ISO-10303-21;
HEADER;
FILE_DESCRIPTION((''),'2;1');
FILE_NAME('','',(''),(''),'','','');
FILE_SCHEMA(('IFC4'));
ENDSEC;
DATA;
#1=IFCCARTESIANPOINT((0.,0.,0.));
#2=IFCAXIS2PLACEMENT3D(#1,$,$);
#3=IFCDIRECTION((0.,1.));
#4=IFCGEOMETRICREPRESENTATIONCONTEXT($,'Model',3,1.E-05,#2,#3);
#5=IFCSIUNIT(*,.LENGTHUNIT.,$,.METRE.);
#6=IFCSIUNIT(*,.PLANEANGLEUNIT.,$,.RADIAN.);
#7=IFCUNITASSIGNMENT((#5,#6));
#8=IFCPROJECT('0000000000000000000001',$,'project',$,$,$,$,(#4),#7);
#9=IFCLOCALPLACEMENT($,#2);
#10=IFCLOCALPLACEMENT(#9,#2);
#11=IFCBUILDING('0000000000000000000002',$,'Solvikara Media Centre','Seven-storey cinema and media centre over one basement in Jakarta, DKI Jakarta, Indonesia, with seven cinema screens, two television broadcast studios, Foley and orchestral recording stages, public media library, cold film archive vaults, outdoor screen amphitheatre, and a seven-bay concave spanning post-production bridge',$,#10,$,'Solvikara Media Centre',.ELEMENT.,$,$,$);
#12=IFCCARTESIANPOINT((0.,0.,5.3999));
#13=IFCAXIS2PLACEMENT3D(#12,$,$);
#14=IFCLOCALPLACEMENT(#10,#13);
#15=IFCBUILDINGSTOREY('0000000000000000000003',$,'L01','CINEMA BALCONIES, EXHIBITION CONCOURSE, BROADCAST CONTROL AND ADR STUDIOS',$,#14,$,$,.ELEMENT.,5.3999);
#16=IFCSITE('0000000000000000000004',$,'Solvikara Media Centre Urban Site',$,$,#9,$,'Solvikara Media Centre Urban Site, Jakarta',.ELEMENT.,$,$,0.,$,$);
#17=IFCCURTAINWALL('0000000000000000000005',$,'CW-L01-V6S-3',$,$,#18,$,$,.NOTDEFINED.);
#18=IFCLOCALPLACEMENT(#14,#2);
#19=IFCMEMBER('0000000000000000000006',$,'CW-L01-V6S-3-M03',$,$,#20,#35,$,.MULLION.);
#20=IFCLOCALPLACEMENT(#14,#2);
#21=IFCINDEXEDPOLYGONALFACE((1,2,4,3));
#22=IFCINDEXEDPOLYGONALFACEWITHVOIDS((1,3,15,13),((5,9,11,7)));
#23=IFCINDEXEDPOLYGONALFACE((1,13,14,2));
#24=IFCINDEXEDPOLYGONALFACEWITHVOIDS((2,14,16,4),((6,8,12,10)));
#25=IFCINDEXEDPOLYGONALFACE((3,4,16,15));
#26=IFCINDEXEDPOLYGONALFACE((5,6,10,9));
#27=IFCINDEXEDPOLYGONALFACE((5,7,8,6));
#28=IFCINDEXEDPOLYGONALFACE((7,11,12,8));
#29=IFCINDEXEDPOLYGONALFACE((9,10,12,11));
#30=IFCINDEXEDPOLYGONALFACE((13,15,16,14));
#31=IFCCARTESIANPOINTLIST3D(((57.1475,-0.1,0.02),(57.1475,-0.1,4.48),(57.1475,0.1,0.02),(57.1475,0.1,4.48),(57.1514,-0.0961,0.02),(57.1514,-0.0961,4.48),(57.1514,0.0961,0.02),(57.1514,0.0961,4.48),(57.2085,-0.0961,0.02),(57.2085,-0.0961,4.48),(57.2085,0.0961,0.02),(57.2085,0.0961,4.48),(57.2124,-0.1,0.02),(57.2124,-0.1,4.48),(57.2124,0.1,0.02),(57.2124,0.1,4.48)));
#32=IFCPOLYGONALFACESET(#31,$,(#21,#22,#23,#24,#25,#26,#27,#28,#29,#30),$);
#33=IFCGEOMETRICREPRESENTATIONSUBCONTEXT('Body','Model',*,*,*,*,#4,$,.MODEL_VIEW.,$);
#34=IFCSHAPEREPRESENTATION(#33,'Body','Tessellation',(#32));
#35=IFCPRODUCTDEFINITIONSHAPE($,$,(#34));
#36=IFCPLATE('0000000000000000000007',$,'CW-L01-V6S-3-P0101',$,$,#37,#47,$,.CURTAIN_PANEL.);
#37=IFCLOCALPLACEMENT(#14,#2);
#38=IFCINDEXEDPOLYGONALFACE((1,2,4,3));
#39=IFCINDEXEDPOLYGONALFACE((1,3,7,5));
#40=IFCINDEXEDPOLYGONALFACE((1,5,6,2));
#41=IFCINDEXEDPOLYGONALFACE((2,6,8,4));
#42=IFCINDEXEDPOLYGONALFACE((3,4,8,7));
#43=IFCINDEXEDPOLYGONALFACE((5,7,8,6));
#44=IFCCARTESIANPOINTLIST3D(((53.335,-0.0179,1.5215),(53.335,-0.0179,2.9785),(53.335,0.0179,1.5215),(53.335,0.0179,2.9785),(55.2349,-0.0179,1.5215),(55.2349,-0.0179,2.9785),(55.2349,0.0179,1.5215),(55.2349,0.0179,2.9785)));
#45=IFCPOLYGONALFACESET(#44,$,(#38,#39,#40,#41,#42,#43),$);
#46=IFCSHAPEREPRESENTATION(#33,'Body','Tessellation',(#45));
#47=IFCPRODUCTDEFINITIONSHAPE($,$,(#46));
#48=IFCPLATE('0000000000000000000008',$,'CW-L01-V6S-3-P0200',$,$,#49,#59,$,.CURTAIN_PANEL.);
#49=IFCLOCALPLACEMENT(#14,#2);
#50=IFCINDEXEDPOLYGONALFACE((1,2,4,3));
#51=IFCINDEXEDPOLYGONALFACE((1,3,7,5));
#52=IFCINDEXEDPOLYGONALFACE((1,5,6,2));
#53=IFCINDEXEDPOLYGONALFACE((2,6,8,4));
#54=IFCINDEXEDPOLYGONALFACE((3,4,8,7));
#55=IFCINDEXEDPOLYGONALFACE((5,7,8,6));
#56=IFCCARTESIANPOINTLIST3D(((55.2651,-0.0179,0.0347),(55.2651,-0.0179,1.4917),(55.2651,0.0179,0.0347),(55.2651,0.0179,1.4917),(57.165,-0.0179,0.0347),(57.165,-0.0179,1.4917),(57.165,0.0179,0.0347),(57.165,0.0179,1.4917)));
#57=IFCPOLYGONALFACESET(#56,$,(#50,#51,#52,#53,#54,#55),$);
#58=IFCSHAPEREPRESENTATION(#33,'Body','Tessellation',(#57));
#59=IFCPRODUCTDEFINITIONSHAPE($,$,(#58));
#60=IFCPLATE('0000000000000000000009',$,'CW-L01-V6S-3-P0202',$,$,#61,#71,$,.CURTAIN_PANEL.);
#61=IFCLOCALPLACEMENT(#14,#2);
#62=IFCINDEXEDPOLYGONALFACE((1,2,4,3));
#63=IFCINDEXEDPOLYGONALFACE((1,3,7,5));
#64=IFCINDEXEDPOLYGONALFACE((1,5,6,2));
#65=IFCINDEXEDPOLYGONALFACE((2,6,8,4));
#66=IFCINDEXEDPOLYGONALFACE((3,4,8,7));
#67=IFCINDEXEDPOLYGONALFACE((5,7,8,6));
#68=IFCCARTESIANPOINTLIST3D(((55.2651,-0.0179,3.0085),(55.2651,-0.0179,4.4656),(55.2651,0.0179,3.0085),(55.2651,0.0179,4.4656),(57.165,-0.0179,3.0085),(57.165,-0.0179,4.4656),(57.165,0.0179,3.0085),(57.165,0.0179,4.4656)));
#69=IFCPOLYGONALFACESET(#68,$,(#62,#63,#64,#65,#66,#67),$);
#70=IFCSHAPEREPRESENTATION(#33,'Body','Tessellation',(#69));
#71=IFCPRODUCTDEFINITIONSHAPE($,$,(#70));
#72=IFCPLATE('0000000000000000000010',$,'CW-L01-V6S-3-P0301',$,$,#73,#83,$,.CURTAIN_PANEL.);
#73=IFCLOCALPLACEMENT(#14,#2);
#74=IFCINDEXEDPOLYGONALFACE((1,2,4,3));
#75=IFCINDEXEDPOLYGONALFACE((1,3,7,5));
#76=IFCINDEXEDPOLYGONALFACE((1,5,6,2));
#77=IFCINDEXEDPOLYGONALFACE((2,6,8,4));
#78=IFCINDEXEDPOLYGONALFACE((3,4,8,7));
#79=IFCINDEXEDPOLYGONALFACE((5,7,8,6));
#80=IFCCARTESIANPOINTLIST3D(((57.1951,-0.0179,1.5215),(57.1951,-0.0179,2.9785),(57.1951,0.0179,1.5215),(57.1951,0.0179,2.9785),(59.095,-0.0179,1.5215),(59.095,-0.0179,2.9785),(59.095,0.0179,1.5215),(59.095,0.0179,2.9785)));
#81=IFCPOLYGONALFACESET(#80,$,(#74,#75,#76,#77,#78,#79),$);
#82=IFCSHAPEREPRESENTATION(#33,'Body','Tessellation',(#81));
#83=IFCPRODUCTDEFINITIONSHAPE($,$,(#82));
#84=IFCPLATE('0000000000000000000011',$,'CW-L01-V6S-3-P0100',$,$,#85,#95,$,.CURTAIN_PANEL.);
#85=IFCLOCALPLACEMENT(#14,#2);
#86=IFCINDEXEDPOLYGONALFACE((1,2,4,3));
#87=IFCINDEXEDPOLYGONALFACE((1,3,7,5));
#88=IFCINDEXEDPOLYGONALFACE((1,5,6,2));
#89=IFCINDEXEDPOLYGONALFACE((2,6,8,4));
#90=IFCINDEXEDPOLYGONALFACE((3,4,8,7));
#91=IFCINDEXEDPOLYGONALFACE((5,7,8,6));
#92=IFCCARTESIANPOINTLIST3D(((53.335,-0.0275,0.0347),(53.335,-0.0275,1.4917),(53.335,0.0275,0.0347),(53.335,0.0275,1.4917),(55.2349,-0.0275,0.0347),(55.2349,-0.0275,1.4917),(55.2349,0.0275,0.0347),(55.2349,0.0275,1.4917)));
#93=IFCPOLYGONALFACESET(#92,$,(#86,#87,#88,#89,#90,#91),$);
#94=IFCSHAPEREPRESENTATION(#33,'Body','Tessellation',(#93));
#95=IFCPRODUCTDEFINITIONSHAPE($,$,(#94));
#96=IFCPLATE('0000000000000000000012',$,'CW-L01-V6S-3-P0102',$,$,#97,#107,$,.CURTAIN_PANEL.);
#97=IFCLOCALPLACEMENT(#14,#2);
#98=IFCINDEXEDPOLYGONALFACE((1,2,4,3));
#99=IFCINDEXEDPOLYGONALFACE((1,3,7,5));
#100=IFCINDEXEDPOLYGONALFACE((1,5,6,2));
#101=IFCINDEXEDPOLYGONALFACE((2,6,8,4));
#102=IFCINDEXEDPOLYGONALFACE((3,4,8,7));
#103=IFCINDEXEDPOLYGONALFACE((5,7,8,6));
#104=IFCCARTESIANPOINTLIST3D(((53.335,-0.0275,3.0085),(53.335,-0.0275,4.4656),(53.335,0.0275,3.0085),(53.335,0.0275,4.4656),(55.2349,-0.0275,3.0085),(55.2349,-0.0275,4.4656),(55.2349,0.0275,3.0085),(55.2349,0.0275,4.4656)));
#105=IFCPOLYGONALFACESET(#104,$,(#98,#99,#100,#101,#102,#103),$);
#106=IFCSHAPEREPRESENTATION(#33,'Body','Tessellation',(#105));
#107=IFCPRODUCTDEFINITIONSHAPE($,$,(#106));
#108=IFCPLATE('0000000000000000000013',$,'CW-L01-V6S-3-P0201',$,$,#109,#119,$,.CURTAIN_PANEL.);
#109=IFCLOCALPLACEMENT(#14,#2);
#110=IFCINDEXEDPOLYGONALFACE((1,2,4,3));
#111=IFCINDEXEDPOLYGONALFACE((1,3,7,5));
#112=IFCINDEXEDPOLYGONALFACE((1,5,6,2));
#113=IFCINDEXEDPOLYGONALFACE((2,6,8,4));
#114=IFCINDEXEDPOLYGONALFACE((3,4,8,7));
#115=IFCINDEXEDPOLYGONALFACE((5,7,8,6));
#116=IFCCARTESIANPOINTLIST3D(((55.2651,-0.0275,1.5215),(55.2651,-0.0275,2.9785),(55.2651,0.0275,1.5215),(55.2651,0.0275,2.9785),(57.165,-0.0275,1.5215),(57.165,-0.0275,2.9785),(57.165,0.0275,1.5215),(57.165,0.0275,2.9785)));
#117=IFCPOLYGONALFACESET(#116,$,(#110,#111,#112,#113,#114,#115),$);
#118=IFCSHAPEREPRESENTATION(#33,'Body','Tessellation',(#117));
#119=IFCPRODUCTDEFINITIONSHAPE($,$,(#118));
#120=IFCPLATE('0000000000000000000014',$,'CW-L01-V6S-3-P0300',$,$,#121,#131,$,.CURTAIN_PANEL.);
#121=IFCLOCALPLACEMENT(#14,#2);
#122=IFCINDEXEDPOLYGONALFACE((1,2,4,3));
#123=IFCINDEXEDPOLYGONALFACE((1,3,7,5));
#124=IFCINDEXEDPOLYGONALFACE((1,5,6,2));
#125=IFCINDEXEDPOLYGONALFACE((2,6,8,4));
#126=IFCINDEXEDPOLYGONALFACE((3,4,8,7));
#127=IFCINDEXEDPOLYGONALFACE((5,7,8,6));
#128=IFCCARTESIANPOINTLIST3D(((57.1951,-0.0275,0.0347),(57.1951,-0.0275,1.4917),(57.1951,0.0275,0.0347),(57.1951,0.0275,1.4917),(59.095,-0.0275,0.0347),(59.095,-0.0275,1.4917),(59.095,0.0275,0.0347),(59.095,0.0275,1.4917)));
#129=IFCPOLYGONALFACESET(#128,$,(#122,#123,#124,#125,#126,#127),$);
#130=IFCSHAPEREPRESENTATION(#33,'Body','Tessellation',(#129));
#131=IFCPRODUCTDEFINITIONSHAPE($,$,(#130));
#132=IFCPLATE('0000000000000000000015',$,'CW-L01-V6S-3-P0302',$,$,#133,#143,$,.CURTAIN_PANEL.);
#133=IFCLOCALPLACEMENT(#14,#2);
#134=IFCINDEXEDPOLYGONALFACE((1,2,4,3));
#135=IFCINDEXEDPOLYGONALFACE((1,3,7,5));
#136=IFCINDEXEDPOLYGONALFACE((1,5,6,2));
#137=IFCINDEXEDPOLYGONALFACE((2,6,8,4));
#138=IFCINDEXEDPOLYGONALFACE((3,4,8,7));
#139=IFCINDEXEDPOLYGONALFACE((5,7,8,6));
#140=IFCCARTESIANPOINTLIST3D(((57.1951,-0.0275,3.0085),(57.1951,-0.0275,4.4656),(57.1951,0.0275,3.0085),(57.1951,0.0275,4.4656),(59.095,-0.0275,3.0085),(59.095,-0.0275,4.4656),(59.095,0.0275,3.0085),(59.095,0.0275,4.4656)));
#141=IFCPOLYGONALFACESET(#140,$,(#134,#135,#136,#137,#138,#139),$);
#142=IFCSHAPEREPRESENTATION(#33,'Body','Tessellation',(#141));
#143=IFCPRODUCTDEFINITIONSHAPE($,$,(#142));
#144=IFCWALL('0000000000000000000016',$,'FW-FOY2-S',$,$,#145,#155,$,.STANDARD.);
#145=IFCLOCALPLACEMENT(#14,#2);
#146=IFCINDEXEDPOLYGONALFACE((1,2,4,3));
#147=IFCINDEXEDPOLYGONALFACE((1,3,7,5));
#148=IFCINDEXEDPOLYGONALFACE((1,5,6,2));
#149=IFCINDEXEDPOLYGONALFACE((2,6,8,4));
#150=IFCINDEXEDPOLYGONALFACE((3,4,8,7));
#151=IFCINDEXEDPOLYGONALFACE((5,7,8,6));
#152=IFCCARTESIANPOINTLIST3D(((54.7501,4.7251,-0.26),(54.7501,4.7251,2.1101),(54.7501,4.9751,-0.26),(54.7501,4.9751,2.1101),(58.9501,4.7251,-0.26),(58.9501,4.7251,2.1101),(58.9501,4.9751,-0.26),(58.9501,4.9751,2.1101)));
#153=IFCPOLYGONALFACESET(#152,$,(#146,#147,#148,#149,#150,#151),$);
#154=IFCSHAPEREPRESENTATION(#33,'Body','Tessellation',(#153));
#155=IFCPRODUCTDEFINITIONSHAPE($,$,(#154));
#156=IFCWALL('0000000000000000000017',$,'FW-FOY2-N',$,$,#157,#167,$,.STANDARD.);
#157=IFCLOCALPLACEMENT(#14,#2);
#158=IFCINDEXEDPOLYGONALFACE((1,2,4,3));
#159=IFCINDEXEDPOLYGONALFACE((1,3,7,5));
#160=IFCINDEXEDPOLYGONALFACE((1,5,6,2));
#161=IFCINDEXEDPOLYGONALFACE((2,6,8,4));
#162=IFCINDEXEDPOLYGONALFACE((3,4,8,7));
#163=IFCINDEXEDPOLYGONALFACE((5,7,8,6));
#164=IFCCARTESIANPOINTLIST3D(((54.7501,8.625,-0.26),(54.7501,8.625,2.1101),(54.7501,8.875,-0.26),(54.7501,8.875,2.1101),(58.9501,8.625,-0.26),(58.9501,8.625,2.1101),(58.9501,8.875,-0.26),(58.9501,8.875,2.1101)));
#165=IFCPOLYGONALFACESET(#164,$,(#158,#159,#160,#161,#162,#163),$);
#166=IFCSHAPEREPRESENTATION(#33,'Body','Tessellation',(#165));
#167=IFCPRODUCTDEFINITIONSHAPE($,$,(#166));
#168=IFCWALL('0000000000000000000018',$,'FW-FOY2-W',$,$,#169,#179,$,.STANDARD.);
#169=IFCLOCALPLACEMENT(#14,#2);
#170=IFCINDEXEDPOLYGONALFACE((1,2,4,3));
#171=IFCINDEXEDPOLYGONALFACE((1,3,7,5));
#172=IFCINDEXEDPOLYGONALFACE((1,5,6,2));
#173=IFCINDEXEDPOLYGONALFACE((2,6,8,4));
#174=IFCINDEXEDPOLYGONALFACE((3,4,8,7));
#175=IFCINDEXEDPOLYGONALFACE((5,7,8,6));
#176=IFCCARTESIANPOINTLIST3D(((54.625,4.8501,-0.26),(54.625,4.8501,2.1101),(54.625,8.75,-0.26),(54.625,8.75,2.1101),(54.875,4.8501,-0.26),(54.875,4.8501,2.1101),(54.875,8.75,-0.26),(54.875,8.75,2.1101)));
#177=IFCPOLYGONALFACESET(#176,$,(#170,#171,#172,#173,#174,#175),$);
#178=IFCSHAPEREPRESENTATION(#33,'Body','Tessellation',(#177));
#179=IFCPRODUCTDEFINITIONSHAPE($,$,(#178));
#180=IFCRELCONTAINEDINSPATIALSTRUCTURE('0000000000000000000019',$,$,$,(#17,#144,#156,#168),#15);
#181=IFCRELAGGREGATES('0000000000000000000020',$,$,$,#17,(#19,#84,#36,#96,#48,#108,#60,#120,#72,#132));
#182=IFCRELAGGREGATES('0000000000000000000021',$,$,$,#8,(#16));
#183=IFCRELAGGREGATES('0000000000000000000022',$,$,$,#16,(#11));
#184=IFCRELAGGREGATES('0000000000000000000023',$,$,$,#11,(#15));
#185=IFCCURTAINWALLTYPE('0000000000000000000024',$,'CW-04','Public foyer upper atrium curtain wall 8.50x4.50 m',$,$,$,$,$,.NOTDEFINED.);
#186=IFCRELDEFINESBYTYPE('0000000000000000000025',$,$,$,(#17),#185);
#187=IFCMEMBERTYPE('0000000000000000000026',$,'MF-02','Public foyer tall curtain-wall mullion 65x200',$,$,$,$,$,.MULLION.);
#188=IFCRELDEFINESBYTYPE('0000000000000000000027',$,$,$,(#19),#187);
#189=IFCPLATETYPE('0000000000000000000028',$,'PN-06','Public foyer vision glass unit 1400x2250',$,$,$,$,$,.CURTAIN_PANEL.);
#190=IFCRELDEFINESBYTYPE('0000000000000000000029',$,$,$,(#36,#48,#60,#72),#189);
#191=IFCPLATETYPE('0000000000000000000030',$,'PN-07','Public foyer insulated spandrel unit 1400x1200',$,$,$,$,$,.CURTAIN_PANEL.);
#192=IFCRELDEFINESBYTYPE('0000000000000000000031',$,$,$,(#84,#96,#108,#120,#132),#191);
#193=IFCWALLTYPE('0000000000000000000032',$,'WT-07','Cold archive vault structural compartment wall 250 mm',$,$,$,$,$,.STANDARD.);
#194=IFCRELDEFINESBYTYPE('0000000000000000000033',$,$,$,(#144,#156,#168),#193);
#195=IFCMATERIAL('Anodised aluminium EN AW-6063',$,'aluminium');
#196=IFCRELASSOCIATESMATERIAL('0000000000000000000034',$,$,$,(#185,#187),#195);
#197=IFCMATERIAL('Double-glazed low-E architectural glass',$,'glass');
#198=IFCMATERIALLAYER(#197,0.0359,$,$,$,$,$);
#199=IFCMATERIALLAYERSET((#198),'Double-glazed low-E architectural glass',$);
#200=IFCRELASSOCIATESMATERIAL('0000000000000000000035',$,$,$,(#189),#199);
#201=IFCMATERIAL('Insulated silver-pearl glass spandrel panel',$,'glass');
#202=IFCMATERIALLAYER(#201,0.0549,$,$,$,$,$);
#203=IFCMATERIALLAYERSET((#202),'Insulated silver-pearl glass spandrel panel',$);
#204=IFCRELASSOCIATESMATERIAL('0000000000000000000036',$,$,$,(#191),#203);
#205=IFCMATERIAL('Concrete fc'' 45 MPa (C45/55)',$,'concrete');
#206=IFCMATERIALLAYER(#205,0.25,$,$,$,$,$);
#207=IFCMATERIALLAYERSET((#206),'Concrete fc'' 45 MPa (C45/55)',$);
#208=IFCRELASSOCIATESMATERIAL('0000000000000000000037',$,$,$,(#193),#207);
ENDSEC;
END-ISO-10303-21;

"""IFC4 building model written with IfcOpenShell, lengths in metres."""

from ifc_helpers import new_model, si_unit, direction, frame, frame_2d, origin, origin_2d, place, context, subcontext, project, spatial, rectangle, hollow_rectangle, extrude, material, layer, layer_set, material_profile, profile_set, type_object, element, aggregate, save


model = new_model("IFC4")

# Units and contexts
model_context = context("Model", 3, precision=1e-05, world=origin(), true_north=direction((0.0, 1.0)))
body_context = subcontext(model_context, "Body", "Model", "MODEL_VIEW")
ifc_project = project(units=[si_unit("LENGTHUNIT", "METRE"), si_unit("PLANEANGLEUNIT", "RADIAN")], contexts=[model_context])

# Site, building, storey
site_placement = place(None, origin())
site = spatial("IfcSite", under=ifc_project, at=site_placement, Name="Solvikara Media Centre Urban Site", LongName="Solvikara Media Centre Urban Site, Jakarta", CompositionType="ELEMENT", RefElevation=0.0)
building_placement = place(site_placement, origin())
building = spatial("IfcBuilding", under=site, at=building_placement, Name="Solvikara Media Centre", Description="Seven-storey cinema and media centre over one basement in Jakarta, DKI Jakarta, Indonesia, with seven cinema screens, two television broadcast studios, Foley and orchestral recording stages, public media library, cold film archive vaults, outdoor screen amphitheatre, and a seven-bay concave spanning post-production bridge", LongName="Solvikara Media Centre", CompositionType="ELEMENT")
storey_placement = place(building_placement, frame((0.0, 0.0, 5.3999)))
storey = spatial("IfcBuildingStorey", under=building, at=storey_placement, Name="L01", Description="CINEMA BALCONIES, EXHIBITION CONCOURSE, BROADCAST CONTROL AND ADR STUDIOS", CompositionType="ELEMENT", Elevation=5.3999)

# Curtain wall, member, plates
ifc_material_1 = material(Name="Anodised aluminium EN AW-6063", Category="aluminium")
curtain_wall_type = type_object("IfcCurtainWallType", Name="CW-04", Description="Public foyer upper atrium curtain wall 8.50x4.50 m", PredefinedType="NOTDEFINED", material=ifc_material_1)
curtain_wall_placement = place(storey_placement, origin())
curtain_wall = element("IfcCurtainWall", 1, at=curtain_wall_placement, inside=storey, type_object=curtain_wall_type, Name="CW-L01-V6S-3", PredefinedType="NOTDEFINED")
ifc_material_profile_1 = material_profile(ifc_material_1, hollow_rectangle(XDim=0.0649, YDim=0.2, WallThickness=0.0039, at=origin_2d()), Name="ALU-M 65x200x4")
ifc_profile_set_1 = profile_set([ifc_material_profile_1], Name="Anodised aluminium EN AW-6063")
member_type_1 = type_object("IfcMemberType", Name="MF-02", Description="Public foyer tall curtain-wall mullion 65x200", PredefinedType="MULLION", material=ifc_profile_set_1)
member_1_placement = place(storey_placement, frame((57.1799, 0.0, 0.02), z_axis=(0.0, 0.0, 1.0), x_axis=(1.0, 0.0, 0.0)))
member_1 = element("IfcMember", 2, at=member_1_placement, type_object=member_type_1, Name="CW-L01-V6S-3-M03", PredefinedType="MULLION", context=body_context, shape_type="SweptSolid", body=[
    extrude(hollow_rectangle(XDim=0.0649, YDim=0.2, WallThickness=0.0039, at=origin_2d()), origin(), (0.0, 0.0, 1.0), 4.46),
])
ifc_material_2 = material(Name="Double-glazed low-E architectural glass", Category="glass")
ifc_layer_1 = layer(ifc_material_2, 0.0359)
ifc_layer_set_1 = layer_set([ifc_layer_1], Name="Double-glazed low-E architectural glass")
plate_type_1 = type_object("IfcPlateType", Name="PN-06", Description="Public foyer vision glass unit 1400x2250", PredefinedType="CURTAIN_PANEL", material=ifc_layer_set_1)
plate_1_placement = place(storey_placement, frame((54.2849, 0.0, 1.5215), z_axis=(0.0, 0.0, 1.0), x_axis=(1.0, 0.0, 0.0)))
plate_1 = element("IfcPlate", 3, at=plate_1_placement, type_object=plate_type_1, Name="CW-L01-V6S-3-P0101", PredefinedType="CURTAIN_PANEL", context=body_context, shape_type="SweptSolid", body=[
    extrude(rectangle(XDim=1.8999, YDim=0.0359, at=origin_2d()), origin(), (0.0, 0.0, 1.0), 1.457),
])
plate_2_placement = place(storey_placement, frame((56.2151, 0.0, 0.0347), z_axis=(0.0, 0.0, 1.0), x_axis=(1.0, 0.0, 0.0)))
plate_2 = element("IfcPlate", 4, at=plate_2_placement, type_object=plate_type_1, Name="CW-L01-V6S-3-P0200", PredefinedType="CURTAIN_PANEL", context=body_context, shape_type="SweptSolid", body=[
    extrude(rectangle(XDim=1.8999, YDim=0.0359, at=origin_2d()), origin(), (0.0, 0.0, 1.0), 1.457),
])
plate_3_placement = place(storey_placement, frame((56.2151, 0.0, 3.0085), z_axis=(0.0, 0.0, 1.0), x_axis=(1.0, 0.0, 0.0)))
plate_3 = element("IfcPlate", 5, at=plate_3_placement, type_object=plate_type_1, Name="CW-L01-V6S-3-P0202", PredefinedType="CURTAIN_PANEL", context=body_context, shape_type="SweptSolid", body=[
    extrude(rectangle(XDim=1.8999, YDim=0.0359, at=origin_2d()), origin(), (0.0, 0.0, 1.0), 1.457),
])
plate_4_placement = place(storey_placement, frame((58.145, 0.0, 1.5215), z_axis=(0.0, 0.0, 1.0), x_axis=(1.0, 0.0, 0.0)))
plate_4 = element("IfcPlate", 6, at=plate_4_placement, type_object=plate_type_1, Name="CW-L01-V6S-3-P0301", PredefinedType="CURTAIN_PANEL", context=body_context, shape_type="SweptSolid", body=[
    extrude(rectangle(XDim=1.8999, YDim=0.0359, at=origin_2d()), origin(), (0.0, 0.0, 1.0), 1.457),
])
ifc_material_3 = material(Name="Insulated silver-pearl glass spandrel panel", Category="glass")
ifc_layer_2 = layer(ifc_material_3, 0.0549)
ifc_layer_set_2 = layer_set([ifc_layer_2], Name="Insulated silver-pearl glass spandrel panel")
plate_type_2 = type_object("IfcPlateType", Name="PN-07", Description="Public foyer insulated spandrel unit 1400x1200", PredefinedType="CURTAIN_PANEL", material=ifc_layer_set_2)
plate_5_placement = place(storey_placement, frame((54.2849, 0.0, 0.0347), z_axis=(0.0, 0.0, 1.0), x_axis=(1.0, 0.0, 0.0)))
plate_5 = element("IfcPlate", 7, at=plate_5_placement, type_object=plate_type_2, Name="CW-L01-V6S-3-P0100", PredefinedType="CURTAIN_PANEL", context=body_context, shape_type="SweptSolid", body=[
    extrude(rectangle(XDim=1.8999, YDim=0.0549, at=origin_2d()), origin(), (0.0, 0.0, 1.0), 1.457),
])
plate_6_placement = place(storey_placement, frame((54.2849, 0.0, 3.0085), z_axis=(0.0, 0.0, 1.0), x_axis=(1.0, 0.0, 0.0)))
plate_6 = element("IfcPlate", 8, at=plate_6_placement, type_object=plate_type_2, Name="CW-L01-V6S-3-P0102", PredefinedType="CURTAIN_PANEL", context=body_context, shape_type="SweptSolid", body=[
    extrude(rectangle(XDim=1.8999, YDim=0.0549, at=origin_2d()), origin(), (0.0, 0.0, 1.0), 1.457),
])
plate_7_placement = place(storey_placement, frame((56.2151, 0.0, 1.5215), z_axis=(0.0, 0.0, 1.0), x_axis=(1.0, 0.0, 0.0)))
plate_7 = element("IfcPlate", 9, at=plate_7_placement, type_object=plate_type_2, Name="CW-L01-V6S-3-P0201", PredefinedType="CURTAIN_PANEL", context=body_context, shape_type="SweptSolid", body=[
    extrude(rectangle(XDim=1.8999, YDim=0.0549, at=origin_2d()), origin(), (0.0, 0.0, 1.0), 1.457),
])
plate_8_placement = place(storey_placement, frame((58.145, 0.0, 0.0347), z_axis=(0.0, 0.0, 1.0), x_axis=(1.0, 0.0, 0.0)))
plate_8 = element("IfcPlate", 10, at=plate_8_placement, type_object=plate_type_2, Name="CW-L01-V6S-3-P0300", PredefinedType="CURTAIN_PANEL", context=body_context, shape_type="SweptSolid", body=[
    extrude(rectangle(XDim=1.8999, YDim=0.0549, at=origin_2d()), origin(), (0.0, 0.0, 1.0), 1.457),
])
plate_9_placement = place(storey_placement, frame((58.145, 0.0, 3.0085), z_axis=(0.0, 0.0, 1.0), x_axis=(1.0, 0.0, 0.0)))
plate_9 = element("IfcPlate", 11, at=plate_9_placement, type_object=plate_type_2, Name="CW-L01-V6S-3-P0302", PredefinedType="CURTAIN_PANEL", context=body_context, shape_type="SweptSolid", body=[
    extrude(rectangle(XDim=1.8999, YDim=0.0549, at=origin_2d()), origin(), (0.0, 0.0, 1.0), 1.457),
])
aggregate(curtain_wall, [member_1, plate_5, plate_1, plate_6, plate_2, plate_7, plate_3, plate_8, plate_4, plate_9])

# Walls
ifc_material_4 = material(Name="Concrete fc' 45 MPa (C45/55)", Category="concrete")
ifc_layer_3 = layer(ifc_material_4, 0.25)
ifc_layer_set_3 = layer_set([ifc_layer_3], Name="Concrete fc' 45 MPa (C45/55)")
wall_type = type_object("IfcWallType", Name="WT-07", Description="Cold archive vault structural compartment wall 250 mm", PredefinedType="STANDARD", material=ifc_layer_set_3)
for number, where, z_axis, x_axis, name in (
    (12, (54.75, 4.8501, -0.26), (0.0, 0.0, 1.0), (1.0, 0.0, 0.0), "FW-FOY2-S"),
    (13, (54.75, 8.75, -0.26), (0.0, 0.0, 1.0), (1.0, 0.0, 0.0), "FW-FOY2-N"),
):
    element("IfcWall", number, at=place(storey_placement, frame(where, z_axis=z_axis, x_axis=x_axis)), inside=storey, type_object=wall_type, Name=name, PredefinedType="STANDARD", context=body_context, shape_type="SweptSolid", body=[
        extrude(rectangle(XDim=4.2, YDim=0.25, at=frame_2d((2.1001, 0.0))), origin(), (0.0, 0.0, 1.0), 2.3701),
    ])
wall_placement = place(storey_placement, frame((54.75, 4.8501, -0.26), z_axis=(0.0, 0.0, 1.0), x_axis=(0.0, 1.0, 0.0)))
element("IfcWall", 14, at=wall_placement, inside=storey, type_object=wall_type, Name="FW-FOY2-W", PredefinedType="STANDARD", context=body_context, shape_type="SweptSolid", body=[
    extrude(rectangle(XDim=3.8999, YDim=0.25, at=frame_2d((1.95, 0.0))), origin(), (0.0, 0.0, 1.0), 2.3701),
])

save(model, "model.ifc")
